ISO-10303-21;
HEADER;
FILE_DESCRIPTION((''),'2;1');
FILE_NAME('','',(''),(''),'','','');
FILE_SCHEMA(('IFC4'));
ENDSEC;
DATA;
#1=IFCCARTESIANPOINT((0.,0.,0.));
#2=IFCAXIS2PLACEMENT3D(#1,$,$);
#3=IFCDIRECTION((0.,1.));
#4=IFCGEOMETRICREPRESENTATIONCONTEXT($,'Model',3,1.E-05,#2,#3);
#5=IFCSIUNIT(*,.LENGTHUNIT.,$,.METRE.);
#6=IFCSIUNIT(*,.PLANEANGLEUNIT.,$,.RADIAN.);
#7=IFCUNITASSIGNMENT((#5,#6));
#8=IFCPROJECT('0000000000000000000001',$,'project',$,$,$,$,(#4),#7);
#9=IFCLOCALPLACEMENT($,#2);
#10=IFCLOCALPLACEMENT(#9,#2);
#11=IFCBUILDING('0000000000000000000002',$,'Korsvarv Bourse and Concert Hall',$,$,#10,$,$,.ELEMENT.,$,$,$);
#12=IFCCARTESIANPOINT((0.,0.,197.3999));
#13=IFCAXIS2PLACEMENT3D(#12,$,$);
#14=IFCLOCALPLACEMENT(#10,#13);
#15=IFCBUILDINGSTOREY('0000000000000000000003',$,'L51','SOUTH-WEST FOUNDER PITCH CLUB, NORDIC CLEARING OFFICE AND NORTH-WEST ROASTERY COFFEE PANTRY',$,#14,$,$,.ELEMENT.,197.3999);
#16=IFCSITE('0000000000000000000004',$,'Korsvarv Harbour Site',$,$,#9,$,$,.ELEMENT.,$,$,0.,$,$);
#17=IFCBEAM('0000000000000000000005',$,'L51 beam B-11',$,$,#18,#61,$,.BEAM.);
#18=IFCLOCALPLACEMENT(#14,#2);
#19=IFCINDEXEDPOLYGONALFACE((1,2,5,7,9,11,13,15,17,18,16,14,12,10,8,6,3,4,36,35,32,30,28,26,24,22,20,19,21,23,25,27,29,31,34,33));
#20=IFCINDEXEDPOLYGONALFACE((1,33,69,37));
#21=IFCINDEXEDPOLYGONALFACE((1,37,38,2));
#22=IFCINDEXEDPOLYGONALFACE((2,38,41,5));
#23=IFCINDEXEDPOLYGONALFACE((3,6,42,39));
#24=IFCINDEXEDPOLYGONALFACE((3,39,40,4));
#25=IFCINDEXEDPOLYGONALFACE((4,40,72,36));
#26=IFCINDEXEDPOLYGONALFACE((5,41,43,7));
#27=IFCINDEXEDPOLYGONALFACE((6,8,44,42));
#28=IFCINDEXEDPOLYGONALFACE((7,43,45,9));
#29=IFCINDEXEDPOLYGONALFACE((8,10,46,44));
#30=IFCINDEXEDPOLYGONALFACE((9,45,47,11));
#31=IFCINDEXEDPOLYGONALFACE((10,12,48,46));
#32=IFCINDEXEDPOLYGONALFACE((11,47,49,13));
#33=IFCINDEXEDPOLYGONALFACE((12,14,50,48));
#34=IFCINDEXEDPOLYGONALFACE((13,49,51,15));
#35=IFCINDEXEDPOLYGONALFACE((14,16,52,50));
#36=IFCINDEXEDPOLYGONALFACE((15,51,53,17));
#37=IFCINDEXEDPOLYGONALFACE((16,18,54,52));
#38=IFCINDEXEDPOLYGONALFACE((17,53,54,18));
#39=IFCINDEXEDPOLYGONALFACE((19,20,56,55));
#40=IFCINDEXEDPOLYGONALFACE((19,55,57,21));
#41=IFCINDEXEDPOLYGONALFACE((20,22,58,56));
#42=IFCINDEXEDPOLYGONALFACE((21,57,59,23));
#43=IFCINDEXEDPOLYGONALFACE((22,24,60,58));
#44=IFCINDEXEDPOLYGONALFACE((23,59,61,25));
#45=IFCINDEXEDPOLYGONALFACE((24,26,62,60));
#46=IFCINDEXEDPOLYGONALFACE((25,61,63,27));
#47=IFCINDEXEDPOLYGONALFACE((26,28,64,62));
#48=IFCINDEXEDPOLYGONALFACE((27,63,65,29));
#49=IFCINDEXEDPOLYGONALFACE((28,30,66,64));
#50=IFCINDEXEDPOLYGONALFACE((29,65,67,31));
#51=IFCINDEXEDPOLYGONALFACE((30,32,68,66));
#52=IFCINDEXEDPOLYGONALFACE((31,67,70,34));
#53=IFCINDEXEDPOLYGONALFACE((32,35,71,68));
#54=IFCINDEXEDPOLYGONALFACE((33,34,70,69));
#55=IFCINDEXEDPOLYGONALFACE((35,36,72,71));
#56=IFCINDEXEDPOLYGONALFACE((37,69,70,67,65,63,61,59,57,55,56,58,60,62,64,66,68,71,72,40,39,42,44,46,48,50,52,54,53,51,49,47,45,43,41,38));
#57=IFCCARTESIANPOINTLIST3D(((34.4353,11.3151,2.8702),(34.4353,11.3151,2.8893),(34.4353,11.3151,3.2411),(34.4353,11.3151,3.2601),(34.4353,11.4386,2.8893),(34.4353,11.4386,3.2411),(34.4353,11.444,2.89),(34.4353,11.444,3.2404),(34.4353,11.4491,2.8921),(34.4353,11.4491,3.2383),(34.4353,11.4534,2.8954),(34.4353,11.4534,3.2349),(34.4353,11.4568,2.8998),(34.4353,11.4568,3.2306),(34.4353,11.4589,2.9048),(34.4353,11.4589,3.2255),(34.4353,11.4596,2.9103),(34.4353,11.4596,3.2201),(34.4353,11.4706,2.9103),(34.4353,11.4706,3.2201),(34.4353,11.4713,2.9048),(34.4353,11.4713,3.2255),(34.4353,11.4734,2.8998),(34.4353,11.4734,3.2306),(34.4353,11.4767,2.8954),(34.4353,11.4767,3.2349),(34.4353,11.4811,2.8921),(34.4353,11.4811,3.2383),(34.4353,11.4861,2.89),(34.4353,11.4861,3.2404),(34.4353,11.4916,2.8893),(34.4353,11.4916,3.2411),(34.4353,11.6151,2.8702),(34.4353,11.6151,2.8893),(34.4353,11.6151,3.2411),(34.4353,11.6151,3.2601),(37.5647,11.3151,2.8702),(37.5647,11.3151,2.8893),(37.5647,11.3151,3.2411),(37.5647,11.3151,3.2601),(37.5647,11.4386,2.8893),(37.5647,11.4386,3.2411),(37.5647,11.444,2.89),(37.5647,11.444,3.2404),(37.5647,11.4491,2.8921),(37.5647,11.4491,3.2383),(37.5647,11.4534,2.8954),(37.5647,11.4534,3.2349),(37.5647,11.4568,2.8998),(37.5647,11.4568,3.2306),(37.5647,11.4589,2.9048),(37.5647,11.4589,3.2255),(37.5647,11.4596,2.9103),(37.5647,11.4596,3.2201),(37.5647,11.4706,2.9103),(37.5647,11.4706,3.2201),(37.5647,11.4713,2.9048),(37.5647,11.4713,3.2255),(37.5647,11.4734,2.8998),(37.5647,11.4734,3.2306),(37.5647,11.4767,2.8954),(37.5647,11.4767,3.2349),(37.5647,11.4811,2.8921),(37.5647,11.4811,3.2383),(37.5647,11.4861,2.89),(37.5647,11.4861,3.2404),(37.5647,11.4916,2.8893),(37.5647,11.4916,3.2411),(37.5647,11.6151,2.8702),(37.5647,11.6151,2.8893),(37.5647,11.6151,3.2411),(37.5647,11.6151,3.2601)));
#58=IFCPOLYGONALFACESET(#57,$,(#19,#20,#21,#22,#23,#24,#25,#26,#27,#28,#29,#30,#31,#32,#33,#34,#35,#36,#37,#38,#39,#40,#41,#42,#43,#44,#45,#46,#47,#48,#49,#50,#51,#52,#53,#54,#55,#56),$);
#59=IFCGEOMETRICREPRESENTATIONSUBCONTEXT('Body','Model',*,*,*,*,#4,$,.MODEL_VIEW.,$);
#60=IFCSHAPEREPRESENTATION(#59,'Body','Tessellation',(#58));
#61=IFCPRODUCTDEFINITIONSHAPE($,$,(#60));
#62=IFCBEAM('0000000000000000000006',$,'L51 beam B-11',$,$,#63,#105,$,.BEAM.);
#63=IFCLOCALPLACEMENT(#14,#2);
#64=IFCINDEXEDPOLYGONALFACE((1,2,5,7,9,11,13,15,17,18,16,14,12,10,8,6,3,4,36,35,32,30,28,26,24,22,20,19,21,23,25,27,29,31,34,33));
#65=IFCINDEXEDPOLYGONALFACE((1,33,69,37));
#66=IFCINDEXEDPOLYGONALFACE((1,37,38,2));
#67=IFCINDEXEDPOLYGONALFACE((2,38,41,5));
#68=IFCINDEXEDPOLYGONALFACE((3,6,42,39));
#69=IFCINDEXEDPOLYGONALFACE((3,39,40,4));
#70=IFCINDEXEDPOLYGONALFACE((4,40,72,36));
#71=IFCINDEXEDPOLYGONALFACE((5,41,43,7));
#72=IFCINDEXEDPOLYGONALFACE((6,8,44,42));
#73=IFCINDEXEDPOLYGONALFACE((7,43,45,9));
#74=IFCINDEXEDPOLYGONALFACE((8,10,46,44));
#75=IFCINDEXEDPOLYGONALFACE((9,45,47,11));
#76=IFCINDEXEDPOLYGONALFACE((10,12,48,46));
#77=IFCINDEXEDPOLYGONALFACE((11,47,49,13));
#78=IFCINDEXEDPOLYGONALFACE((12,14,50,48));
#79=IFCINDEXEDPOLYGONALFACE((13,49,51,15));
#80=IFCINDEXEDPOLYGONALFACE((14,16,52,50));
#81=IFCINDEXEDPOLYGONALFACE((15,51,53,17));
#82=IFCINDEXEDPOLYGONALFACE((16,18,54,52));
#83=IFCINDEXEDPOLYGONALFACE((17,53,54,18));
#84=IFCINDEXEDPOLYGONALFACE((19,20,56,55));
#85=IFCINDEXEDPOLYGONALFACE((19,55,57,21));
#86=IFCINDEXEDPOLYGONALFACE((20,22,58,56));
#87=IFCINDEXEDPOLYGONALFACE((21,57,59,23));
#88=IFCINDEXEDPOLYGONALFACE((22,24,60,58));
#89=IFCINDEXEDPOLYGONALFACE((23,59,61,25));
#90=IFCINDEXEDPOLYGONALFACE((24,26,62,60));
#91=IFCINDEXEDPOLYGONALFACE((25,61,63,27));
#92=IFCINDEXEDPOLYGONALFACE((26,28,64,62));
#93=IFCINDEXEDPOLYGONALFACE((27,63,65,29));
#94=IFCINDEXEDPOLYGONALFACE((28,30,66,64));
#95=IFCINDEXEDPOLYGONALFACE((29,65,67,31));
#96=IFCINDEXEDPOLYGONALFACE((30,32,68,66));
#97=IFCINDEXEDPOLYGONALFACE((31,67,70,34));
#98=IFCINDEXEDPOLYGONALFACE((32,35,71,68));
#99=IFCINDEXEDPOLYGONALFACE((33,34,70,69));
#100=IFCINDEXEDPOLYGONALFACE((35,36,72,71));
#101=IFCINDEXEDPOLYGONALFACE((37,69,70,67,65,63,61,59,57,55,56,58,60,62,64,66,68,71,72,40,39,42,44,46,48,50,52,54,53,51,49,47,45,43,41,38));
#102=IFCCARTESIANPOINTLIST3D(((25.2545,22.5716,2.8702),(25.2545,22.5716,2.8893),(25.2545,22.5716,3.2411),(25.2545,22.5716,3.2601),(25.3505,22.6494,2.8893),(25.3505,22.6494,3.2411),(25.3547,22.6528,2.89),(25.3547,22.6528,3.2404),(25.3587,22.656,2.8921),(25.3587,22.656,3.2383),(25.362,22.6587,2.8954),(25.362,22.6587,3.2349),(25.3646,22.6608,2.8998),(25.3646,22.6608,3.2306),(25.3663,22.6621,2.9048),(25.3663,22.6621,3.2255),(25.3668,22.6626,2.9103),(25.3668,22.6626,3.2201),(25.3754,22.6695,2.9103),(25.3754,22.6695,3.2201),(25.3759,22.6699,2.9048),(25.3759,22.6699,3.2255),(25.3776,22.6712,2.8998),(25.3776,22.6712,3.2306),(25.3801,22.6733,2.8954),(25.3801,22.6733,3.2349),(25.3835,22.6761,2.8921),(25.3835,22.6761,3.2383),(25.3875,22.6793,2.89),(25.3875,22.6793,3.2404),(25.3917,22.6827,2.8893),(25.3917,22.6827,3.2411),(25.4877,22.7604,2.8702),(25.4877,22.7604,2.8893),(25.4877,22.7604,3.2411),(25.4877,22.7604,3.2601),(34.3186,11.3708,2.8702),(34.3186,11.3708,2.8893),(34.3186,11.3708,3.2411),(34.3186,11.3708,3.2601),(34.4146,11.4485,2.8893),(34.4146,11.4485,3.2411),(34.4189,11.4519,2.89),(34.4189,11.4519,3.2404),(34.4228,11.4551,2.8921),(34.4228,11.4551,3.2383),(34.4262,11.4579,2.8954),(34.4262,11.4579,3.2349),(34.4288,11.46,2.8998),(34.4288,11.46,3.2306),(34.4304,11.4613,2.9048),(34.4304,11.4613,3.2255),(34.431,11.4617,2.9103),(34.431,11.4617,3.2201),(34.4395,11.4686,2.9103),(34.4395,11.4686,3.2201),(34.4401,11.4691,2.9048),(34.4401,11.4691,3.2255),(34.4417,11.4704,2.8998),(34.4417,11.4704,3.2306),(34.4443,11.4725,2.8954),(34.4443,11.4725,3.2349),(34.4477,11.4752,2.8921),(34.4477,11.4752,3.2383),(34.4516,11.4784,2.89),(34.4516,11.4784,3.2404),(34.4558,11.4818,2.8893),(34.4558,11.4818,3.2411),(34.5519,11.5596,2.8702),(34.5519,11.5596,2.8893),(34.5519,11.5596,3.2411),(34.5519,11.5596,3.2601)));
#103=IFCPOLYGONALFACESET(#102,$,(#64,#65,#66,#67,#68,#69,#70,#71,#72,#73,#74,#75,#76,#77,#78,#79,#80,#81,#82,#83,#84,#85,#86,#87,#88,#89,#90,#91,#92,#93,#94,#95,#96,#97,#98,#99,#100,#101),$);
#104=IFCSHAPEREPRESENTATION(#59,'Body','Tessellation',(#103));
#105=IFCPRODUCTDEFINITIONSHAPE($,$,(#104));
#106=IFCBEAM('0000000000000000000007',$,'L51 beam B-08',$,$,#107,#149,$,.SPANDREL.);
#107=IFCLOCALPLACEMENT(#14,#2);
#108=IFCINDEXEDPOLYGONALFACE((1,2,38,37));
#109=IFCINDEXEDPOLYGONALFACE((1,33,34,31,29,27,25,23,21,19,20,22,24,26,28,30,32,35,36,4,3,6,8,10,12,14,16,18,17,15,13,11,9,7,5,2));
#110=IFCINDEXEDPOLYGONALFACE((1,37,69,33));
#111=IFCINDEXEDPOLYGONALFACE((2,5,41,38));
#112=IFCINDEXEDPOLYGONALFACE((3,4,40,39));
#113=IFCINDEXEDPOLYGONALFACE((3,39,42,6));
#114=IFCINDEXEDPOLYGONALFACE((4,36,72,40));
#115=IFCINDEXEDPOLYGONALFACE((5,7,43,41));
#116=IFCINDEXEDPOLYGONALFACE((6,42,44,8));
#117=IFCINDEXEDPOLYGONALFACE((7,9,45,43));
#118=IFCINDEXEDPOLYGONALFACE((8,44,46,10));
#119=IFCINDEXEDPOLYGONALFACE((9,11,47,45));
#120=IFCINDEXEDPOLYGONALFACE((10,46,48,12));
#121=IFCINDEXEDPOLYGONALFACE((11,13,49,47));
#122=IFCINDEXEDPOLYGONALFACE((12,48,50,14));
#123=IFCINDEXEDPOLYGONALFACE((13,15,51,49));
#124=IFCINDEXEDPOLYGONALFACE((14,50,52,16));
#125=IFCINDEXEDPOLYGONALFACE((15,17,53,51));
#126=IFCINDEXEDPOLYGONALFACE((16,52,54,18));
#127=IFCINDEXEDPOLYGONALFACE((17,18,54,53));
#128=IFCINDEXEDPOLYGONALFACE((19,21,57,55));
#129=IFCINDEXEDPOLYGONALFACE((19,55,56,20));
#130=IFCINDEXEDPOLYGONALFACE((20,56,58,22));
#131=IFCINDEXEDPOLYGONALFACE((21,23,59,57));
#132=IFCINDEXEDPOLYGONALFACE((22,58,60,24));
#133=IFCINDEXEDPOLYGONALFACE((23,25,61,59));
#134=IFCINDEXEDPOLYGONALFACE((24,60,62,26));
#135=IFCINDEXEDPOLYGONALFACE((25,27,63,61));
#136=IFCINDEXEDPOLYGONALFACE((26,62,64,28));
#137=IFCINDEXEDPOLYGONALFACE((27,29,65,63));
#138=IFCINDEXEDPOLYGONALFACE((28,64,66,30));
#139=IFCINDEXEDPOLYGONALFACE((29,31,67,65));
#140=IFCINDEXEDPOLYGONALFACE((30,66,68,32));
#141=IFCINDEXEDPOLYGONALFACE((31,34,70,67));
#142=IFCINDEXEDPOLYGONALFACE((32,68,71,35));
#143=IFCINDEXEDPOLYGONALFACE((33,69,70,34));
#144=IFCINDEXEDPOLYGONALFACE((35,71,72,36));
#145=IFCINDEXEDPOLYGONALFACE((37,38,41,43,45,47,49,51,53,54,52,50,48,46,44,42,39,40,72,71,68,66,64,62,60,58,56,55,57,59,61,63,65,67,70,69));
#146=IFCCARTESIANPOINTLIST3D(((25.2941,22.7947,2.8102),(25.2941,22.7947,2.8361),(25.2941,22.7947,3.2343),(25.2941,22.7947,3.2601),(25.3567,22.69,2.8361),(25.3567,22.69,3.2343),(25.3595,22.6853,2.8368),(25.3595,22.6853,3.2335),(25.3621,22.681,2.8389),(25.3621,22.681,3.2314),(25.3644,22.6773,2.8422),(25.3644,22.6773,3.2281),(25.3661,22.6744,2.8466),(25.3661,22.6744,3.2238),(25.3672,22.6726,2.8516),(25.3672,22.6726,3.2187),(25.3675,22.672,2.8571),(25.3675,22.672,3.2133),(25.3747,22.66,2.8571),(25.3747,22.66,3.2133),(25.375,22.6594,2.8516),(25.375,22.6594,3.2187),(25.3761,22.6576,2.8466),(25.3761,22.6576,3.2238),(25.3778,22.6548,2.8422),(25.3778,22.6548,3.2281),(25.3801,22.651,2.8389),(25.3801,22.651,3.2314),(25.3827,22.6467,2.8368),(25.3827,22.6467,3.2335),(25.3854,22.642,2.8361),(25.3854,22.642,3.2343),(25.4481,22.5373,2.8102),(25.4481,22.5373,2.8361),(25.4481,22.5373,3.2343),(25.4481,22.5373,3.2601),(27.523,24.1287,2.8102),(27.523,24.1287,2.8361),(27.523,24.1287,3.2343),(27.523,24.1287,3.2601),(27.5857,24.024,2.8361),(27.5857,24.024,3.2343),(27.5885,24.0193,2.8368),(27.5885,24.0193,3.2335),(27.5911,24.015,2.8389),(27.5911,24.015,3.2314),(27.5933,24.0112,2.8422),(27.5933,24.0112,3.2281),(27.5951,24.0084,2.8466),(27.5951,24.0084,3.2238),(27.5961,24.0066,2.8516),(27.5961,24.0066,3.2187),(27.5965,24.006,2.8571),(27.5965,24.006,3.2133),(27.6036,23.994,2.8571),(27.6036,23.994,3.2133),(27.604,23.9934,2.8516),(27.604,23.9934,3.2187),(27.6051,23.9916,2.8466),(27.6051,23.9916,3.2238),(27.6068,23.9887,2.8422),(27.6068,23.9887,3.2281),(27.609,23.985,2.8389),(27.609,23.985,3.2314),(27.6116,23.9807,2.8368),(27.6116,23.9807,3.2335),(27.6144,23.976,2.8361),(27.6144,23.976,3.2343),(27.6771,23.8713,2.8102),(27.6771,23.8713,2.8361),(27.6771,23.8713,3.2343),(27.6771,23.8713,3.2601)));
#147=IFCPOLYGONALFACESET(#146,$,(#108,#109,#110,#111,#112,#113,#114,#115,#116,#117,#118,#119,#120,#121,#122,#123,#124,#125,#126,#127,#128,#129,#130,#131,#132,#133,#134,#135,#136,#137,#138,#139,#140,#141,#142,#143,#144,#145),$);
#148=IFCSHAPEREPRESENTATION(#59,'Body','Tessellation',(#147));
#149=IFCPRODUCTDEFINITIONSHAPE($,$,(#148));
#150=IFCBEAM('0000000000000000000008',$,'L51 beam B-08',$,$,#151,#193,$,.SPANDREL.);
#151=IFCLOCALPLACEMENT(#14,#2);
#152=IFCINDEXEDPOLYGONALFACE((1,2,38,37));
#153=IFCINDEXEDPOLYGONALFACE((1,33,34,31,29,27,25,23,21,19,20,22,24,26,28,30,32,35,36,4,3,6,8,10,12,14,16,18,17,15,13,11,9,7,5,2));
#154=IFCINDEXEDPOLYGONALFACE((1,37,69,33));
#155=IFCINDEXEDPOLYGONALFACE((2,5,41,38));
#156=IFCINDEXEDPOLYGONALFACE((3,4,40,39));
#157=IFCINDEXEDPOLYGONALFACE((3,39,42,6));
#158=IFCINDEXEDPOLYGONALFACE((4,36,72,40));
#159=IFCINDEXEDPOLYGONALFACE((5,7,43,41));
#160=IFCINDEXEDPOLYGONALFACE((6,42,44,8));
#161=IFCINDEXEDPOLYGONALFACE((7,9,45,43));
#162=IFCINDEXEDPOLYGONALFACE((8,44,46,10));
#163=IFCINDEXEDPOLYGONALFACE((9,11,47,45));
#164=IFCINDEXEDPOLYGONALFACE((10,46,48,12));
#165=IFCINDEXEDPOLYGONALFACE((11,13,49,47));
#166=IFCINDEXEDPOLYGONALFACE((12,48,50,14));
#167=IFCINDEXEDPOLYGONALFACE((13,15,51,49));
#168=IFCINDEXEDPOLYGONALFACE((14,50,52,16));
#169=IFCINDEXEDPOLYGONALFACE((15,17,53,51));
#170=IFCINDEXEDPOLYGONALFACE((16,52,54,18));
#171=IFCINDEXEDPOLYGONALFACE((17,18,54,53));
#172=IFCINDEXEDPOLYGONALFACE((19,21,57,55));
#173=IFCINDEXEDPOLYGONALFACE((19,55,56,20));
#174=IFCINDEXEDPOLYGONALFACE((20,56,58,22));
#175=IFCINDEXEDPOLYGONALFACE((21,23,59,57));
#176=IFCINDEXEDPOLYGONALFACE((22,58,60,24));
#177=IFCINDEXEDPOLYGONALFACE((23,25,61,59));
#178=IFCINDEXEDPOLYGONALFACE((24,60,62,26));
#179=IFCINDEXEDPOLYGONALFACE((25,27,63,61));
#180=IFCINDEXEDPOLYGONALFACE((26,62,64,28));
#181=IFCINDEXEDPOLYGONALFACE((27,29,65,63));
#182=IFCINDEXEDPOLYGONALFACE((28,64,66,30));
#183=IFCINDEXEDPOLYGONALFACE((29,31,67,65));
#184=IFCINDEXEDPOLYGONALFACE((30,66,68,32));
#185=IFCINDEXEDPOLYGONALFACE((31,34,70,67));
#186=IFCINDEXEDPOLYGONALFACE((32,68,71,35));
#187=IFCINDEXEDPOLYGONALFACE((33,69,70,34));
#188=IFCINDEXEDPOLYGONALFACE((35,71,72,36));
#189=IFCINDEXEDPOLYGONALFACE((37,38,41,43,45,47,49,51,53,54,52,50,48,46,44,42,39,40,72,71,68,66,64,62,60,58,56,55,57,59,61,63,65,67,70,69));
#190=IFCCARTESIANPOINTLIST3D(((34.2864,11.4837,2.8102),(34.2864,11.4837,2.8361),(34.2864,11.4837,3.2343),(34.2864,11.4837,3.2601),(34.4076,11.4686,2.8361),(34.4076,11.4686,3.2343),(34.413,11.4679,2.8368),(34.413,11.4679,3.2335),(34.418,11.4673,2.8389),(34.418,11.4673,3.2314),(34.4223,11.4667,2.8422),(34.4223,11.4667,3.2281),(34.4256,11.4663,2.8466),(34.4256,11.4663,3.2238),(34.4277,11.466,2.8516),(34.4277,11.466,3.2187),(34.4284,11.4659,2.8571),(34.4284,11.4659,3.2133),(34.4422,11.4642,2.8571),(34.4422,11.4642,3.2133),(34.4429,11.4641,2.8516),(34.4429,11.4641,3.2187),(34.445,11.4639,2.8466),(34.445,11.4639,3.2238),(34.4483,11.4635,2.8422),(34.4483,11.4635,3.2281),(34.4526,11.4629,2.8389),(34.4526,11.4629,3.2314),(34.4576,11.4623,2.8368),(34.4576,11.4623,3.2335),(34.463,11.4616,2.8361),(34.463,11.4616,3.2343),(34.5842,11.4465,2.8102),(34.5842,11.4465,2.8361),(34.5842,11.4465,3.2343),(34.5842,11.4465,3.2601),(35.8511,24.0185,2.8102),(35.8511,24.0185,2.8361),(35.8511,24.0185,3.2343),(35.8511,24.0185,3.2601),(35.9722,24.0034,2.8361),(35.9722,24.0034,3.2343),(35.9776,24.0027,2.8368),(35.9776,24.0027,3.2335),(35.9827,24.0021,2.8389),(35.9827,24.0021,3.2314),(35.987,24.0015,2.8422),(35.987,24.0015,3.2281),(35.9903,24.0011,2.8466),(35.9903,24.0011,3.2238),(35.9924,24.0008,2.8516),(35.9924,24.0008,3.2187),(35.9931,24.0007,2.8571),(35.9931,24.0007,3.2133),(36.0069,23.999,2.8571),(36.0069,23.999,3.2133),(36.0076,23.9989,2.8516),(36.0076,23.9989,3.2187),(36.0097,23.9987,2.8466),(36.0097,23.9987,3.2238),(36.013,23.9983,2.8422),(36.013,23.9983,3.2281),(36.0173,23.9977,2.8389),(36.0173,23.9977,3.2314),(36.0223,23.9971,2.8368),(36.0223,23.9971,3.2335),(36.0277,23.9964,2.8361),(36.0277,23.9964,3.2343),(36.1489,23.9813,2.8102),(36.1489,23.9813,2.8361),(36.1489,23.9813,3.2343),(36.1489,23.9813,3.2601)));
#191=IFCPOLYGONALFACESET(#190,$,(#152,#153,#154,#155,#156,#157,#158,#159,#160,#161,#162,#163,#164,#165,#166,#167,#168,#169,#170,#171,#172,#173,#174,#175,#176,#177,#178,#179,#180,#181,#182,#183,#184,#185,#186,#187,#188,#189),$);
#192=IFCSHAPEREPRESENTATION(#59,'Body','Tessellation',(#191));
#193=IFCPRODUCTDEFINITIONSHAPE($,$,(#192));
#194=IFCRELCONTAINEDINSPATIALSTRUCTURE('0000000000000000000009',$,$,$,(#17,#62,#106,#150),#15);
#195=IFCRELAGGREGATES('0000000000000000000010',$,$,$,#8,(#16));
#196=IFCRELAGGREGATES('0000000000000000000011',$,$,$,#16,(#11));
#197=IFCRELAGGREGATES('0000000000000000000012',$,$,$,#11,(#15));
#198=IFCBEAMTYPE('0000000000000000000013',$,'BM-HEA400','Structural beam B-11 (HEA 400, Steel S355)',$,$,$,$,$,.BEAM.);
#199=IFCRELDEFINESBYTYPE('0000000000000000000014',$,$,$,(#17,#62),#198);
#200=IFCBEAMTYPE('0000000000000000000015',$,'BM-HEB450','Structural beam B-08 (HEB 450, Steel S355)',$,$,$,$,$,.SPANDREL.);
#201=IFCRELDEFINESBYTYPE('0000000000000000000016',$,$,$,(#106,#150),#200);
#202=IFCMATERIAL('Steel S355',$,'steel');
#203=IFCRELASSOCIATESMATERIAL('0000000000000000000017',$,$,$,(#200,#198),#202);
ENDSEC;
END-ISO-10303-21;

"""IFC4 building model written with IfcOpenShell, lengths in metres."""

from ifc_helpers import new_model, si_unit, direction, frame, origin, origin_2d, place, context, subcontext, project, spatial, i_section, extrude, source, transform, mapped, material, material_profile, profile_set, type_object, element, save


model = new_model("IFC4")

# Units and contexts
model_context = context("Model", 3, precision=1e-05, world=origin(), true_north=direction((0.0, 1.0)))
body_context = subcontext(model_context, "Body", "Model", "MODEL_VIEW")
ifc_project = project(units=[si_unit("LENGTHUNIT", "METRE"), si_unit("PLANEANGLEUNIT", "RADIAN")], contexts=[model_context])

# Site, building, storey
site_placement = place(None, origin())
site = spatial("IfcSite", under=ifc_project, at=site_placement, Name="Korsvarv Harbour Site", CompositionType="ELEMENT", RefElevation=0.0)
building_placement = place(site_placement, origin())
building = spatial("IfcBuilding", under=site, at=building_placement, Name="Korsvarv Bourse and Concert Hall", CompositionType="ELEMENT")
storey_placement = place(building_placement, frame((0.0, 0.0, 197.3999)))
storey = spatial("IfcBuildingStorey", under=building, at=storey_placement, Name="L51", Description="SOUTH-WEST FOUNDER PITCH CLUB, NORDIC CLEARING OFFICE AND NORTH-WEST ROASTERY COFFEE PANTRY", CompositionType="ELEMENT", Elevation=197.3999)

# Shared definitions
ifc_material_1 = material(Name="Steel S355", Category="steel")

# Beams
ifc_material_profile_1 = material_profile(ifc_material_1, i_section(OverallWidth=0.3, OverallDepth=0.45, WebThickness=0.0139, FlangeThickness=0.0259, FilletRadius=0.021, at=origin_2d()), Name="HEB 450")
ifc_profile_set_1 = profile_set([ifc_material_profile_1], Name="Steel S355")
beam_type_1 = type_object("IfcBeamType", Name="BM-HEB450", Description="Structural beam B-08 (HEB 450, Steel S355)", PredefinedType="SPANDREL", material=ifc_profile_set_1)
ifc_material_profile_2 = material_profile(ifc_material_1, i_section(OverallWidth=0.3, OverallDepth=0.3899, WebThickness=0.011, FlangeThickness=0.019, FilletRadius=0.021, at=origin_2d()), Name="HEA 400")
ifc_profile_set_2 = profile_set([ifc_material_profile_2], Name="Steel S355")
beam_type_2 = type_object("IfcBeamType", Name="BM-HEA400", Description="Structural beam B-11 (HEA 400, Steel S355)", PredefinedType="BEAM", material=ifc_profile_set_2)
shared_shape_1 = source(origin(), body_context, "Body", "SweptSolid", [
    extrude(i_section(OverallWidth=0.3, OverallDepth=0.3899, WebThickness=0.011, FlangeThickness=0.019, FilletRadius=0.021, at=origin_2d()), origin(), (0.0, 0.0, 1.0), 3.1294),
])
beam_1_placement = place(storey_placement, frame((34.4353, 11.4651, 3.0652), z_axis=(1.0, 0.0, 0.0), x_axis=(0.0, 1.0, 0.0)))
element("IfcBeam", 1, at=beam_1_placement, inside=storey, type_object=beam_type_2, Name="L51 beam B-11", PredefinedType="BEAM", context=body_context, shape_type="MappedRepresentation", body=[
    mapped(shared_shape_1, transform((0.0, 0.0, 0.0), scale=1.0)),
])
shared_shape_2 = source(origin(), body_context, "Body", "SweptSolid", [
    extrude(i_section(OverallWidth=0.3, OverallDepth=0.3899, WebThickness=0.011, FlangeThickness=0.019, FilletRadius=0.021, at=origin_2d()), origin(), (0.0, 0.0, 1.0), 14.4089),
])
beam_2_placement = place(storey_placement, frame((25.3711, 22.666, 3.0652), z_axis=(0.629064, -0.777354, 0.0), x_axis=(0.777354, 0.629064, 0.0)))
element("IfcBeam", 2, at=beam_2_placement, inside=storey, type_object=beam_type_2, Name="L51 beam B-11", PredefinedType="BEAM", context=body_context, shape_type="MappedRepresentation", body=[
    mapped(shared_shape_2, transform((0.0, 0.0, 0.0), scale=1.0)),
])
shared_shape_3 = source(origin(), body_context, "Body", "SweptSolid", [
    extrude(i_section(OverallWidth=0.3, OverallDepth=0.45, WebThickness=0.0139, FlangeThickness=0.0259, FilletRadius=0.021, at=origin_2d()), origin(), (0.0, 0.0, 1.0), 2.5977),
])
beam_3_placement = place(storey_placement, frame((25.3711, 22.666, 3.0352), z_axis=(0.858073, 0.513528, 0.0), x_axis=(-0.513528, 0.858073, 0.0)))
element("IfcBeam", 3, at=beam_3_placement, inside=storey, type_object=beam_type_1, Name="L51 beam B-08", PredefinedType="SPANDREL", context=body_context, shape_type="MappedRepresentation", body=[
    mapped(shared_shape_3, transform((0.0, 0.0, 0.0), scale=1.0)),
])
shared_shape_4 = source(origin(), body_context, "Body", "SweptSolid", [
    extrude(i_section(OverallWidth=0.3, OverallDepth=0.45, WebThickness=0.0139, FlangeThickness=0.0259, FilletRadius=0.021, at=origin_2d()), origin(), (0.0, 0.0, 1.0), 12.6321),
])
beam_4_placement = place(storey_placement, frame((34.4353, 11.4651, 3.0352), z_axis=(0.123866, 0.992299, 0.0), x_axis=(-0.992299, 0.123866, 0.0)))
element("IfcBeam", 4, at=beam_4_placement, inside=storey, type_object=beam_type_1, Name="L51 beam B-08", PredefinedType="SPANDREL", context=body_context, shape_type="MappedRepresentation", body=[
    mapped(shared_shape_4, transform((0.0, 0.0, 0.0), scale=1.0)),
])

save(model, "model.ifc")
